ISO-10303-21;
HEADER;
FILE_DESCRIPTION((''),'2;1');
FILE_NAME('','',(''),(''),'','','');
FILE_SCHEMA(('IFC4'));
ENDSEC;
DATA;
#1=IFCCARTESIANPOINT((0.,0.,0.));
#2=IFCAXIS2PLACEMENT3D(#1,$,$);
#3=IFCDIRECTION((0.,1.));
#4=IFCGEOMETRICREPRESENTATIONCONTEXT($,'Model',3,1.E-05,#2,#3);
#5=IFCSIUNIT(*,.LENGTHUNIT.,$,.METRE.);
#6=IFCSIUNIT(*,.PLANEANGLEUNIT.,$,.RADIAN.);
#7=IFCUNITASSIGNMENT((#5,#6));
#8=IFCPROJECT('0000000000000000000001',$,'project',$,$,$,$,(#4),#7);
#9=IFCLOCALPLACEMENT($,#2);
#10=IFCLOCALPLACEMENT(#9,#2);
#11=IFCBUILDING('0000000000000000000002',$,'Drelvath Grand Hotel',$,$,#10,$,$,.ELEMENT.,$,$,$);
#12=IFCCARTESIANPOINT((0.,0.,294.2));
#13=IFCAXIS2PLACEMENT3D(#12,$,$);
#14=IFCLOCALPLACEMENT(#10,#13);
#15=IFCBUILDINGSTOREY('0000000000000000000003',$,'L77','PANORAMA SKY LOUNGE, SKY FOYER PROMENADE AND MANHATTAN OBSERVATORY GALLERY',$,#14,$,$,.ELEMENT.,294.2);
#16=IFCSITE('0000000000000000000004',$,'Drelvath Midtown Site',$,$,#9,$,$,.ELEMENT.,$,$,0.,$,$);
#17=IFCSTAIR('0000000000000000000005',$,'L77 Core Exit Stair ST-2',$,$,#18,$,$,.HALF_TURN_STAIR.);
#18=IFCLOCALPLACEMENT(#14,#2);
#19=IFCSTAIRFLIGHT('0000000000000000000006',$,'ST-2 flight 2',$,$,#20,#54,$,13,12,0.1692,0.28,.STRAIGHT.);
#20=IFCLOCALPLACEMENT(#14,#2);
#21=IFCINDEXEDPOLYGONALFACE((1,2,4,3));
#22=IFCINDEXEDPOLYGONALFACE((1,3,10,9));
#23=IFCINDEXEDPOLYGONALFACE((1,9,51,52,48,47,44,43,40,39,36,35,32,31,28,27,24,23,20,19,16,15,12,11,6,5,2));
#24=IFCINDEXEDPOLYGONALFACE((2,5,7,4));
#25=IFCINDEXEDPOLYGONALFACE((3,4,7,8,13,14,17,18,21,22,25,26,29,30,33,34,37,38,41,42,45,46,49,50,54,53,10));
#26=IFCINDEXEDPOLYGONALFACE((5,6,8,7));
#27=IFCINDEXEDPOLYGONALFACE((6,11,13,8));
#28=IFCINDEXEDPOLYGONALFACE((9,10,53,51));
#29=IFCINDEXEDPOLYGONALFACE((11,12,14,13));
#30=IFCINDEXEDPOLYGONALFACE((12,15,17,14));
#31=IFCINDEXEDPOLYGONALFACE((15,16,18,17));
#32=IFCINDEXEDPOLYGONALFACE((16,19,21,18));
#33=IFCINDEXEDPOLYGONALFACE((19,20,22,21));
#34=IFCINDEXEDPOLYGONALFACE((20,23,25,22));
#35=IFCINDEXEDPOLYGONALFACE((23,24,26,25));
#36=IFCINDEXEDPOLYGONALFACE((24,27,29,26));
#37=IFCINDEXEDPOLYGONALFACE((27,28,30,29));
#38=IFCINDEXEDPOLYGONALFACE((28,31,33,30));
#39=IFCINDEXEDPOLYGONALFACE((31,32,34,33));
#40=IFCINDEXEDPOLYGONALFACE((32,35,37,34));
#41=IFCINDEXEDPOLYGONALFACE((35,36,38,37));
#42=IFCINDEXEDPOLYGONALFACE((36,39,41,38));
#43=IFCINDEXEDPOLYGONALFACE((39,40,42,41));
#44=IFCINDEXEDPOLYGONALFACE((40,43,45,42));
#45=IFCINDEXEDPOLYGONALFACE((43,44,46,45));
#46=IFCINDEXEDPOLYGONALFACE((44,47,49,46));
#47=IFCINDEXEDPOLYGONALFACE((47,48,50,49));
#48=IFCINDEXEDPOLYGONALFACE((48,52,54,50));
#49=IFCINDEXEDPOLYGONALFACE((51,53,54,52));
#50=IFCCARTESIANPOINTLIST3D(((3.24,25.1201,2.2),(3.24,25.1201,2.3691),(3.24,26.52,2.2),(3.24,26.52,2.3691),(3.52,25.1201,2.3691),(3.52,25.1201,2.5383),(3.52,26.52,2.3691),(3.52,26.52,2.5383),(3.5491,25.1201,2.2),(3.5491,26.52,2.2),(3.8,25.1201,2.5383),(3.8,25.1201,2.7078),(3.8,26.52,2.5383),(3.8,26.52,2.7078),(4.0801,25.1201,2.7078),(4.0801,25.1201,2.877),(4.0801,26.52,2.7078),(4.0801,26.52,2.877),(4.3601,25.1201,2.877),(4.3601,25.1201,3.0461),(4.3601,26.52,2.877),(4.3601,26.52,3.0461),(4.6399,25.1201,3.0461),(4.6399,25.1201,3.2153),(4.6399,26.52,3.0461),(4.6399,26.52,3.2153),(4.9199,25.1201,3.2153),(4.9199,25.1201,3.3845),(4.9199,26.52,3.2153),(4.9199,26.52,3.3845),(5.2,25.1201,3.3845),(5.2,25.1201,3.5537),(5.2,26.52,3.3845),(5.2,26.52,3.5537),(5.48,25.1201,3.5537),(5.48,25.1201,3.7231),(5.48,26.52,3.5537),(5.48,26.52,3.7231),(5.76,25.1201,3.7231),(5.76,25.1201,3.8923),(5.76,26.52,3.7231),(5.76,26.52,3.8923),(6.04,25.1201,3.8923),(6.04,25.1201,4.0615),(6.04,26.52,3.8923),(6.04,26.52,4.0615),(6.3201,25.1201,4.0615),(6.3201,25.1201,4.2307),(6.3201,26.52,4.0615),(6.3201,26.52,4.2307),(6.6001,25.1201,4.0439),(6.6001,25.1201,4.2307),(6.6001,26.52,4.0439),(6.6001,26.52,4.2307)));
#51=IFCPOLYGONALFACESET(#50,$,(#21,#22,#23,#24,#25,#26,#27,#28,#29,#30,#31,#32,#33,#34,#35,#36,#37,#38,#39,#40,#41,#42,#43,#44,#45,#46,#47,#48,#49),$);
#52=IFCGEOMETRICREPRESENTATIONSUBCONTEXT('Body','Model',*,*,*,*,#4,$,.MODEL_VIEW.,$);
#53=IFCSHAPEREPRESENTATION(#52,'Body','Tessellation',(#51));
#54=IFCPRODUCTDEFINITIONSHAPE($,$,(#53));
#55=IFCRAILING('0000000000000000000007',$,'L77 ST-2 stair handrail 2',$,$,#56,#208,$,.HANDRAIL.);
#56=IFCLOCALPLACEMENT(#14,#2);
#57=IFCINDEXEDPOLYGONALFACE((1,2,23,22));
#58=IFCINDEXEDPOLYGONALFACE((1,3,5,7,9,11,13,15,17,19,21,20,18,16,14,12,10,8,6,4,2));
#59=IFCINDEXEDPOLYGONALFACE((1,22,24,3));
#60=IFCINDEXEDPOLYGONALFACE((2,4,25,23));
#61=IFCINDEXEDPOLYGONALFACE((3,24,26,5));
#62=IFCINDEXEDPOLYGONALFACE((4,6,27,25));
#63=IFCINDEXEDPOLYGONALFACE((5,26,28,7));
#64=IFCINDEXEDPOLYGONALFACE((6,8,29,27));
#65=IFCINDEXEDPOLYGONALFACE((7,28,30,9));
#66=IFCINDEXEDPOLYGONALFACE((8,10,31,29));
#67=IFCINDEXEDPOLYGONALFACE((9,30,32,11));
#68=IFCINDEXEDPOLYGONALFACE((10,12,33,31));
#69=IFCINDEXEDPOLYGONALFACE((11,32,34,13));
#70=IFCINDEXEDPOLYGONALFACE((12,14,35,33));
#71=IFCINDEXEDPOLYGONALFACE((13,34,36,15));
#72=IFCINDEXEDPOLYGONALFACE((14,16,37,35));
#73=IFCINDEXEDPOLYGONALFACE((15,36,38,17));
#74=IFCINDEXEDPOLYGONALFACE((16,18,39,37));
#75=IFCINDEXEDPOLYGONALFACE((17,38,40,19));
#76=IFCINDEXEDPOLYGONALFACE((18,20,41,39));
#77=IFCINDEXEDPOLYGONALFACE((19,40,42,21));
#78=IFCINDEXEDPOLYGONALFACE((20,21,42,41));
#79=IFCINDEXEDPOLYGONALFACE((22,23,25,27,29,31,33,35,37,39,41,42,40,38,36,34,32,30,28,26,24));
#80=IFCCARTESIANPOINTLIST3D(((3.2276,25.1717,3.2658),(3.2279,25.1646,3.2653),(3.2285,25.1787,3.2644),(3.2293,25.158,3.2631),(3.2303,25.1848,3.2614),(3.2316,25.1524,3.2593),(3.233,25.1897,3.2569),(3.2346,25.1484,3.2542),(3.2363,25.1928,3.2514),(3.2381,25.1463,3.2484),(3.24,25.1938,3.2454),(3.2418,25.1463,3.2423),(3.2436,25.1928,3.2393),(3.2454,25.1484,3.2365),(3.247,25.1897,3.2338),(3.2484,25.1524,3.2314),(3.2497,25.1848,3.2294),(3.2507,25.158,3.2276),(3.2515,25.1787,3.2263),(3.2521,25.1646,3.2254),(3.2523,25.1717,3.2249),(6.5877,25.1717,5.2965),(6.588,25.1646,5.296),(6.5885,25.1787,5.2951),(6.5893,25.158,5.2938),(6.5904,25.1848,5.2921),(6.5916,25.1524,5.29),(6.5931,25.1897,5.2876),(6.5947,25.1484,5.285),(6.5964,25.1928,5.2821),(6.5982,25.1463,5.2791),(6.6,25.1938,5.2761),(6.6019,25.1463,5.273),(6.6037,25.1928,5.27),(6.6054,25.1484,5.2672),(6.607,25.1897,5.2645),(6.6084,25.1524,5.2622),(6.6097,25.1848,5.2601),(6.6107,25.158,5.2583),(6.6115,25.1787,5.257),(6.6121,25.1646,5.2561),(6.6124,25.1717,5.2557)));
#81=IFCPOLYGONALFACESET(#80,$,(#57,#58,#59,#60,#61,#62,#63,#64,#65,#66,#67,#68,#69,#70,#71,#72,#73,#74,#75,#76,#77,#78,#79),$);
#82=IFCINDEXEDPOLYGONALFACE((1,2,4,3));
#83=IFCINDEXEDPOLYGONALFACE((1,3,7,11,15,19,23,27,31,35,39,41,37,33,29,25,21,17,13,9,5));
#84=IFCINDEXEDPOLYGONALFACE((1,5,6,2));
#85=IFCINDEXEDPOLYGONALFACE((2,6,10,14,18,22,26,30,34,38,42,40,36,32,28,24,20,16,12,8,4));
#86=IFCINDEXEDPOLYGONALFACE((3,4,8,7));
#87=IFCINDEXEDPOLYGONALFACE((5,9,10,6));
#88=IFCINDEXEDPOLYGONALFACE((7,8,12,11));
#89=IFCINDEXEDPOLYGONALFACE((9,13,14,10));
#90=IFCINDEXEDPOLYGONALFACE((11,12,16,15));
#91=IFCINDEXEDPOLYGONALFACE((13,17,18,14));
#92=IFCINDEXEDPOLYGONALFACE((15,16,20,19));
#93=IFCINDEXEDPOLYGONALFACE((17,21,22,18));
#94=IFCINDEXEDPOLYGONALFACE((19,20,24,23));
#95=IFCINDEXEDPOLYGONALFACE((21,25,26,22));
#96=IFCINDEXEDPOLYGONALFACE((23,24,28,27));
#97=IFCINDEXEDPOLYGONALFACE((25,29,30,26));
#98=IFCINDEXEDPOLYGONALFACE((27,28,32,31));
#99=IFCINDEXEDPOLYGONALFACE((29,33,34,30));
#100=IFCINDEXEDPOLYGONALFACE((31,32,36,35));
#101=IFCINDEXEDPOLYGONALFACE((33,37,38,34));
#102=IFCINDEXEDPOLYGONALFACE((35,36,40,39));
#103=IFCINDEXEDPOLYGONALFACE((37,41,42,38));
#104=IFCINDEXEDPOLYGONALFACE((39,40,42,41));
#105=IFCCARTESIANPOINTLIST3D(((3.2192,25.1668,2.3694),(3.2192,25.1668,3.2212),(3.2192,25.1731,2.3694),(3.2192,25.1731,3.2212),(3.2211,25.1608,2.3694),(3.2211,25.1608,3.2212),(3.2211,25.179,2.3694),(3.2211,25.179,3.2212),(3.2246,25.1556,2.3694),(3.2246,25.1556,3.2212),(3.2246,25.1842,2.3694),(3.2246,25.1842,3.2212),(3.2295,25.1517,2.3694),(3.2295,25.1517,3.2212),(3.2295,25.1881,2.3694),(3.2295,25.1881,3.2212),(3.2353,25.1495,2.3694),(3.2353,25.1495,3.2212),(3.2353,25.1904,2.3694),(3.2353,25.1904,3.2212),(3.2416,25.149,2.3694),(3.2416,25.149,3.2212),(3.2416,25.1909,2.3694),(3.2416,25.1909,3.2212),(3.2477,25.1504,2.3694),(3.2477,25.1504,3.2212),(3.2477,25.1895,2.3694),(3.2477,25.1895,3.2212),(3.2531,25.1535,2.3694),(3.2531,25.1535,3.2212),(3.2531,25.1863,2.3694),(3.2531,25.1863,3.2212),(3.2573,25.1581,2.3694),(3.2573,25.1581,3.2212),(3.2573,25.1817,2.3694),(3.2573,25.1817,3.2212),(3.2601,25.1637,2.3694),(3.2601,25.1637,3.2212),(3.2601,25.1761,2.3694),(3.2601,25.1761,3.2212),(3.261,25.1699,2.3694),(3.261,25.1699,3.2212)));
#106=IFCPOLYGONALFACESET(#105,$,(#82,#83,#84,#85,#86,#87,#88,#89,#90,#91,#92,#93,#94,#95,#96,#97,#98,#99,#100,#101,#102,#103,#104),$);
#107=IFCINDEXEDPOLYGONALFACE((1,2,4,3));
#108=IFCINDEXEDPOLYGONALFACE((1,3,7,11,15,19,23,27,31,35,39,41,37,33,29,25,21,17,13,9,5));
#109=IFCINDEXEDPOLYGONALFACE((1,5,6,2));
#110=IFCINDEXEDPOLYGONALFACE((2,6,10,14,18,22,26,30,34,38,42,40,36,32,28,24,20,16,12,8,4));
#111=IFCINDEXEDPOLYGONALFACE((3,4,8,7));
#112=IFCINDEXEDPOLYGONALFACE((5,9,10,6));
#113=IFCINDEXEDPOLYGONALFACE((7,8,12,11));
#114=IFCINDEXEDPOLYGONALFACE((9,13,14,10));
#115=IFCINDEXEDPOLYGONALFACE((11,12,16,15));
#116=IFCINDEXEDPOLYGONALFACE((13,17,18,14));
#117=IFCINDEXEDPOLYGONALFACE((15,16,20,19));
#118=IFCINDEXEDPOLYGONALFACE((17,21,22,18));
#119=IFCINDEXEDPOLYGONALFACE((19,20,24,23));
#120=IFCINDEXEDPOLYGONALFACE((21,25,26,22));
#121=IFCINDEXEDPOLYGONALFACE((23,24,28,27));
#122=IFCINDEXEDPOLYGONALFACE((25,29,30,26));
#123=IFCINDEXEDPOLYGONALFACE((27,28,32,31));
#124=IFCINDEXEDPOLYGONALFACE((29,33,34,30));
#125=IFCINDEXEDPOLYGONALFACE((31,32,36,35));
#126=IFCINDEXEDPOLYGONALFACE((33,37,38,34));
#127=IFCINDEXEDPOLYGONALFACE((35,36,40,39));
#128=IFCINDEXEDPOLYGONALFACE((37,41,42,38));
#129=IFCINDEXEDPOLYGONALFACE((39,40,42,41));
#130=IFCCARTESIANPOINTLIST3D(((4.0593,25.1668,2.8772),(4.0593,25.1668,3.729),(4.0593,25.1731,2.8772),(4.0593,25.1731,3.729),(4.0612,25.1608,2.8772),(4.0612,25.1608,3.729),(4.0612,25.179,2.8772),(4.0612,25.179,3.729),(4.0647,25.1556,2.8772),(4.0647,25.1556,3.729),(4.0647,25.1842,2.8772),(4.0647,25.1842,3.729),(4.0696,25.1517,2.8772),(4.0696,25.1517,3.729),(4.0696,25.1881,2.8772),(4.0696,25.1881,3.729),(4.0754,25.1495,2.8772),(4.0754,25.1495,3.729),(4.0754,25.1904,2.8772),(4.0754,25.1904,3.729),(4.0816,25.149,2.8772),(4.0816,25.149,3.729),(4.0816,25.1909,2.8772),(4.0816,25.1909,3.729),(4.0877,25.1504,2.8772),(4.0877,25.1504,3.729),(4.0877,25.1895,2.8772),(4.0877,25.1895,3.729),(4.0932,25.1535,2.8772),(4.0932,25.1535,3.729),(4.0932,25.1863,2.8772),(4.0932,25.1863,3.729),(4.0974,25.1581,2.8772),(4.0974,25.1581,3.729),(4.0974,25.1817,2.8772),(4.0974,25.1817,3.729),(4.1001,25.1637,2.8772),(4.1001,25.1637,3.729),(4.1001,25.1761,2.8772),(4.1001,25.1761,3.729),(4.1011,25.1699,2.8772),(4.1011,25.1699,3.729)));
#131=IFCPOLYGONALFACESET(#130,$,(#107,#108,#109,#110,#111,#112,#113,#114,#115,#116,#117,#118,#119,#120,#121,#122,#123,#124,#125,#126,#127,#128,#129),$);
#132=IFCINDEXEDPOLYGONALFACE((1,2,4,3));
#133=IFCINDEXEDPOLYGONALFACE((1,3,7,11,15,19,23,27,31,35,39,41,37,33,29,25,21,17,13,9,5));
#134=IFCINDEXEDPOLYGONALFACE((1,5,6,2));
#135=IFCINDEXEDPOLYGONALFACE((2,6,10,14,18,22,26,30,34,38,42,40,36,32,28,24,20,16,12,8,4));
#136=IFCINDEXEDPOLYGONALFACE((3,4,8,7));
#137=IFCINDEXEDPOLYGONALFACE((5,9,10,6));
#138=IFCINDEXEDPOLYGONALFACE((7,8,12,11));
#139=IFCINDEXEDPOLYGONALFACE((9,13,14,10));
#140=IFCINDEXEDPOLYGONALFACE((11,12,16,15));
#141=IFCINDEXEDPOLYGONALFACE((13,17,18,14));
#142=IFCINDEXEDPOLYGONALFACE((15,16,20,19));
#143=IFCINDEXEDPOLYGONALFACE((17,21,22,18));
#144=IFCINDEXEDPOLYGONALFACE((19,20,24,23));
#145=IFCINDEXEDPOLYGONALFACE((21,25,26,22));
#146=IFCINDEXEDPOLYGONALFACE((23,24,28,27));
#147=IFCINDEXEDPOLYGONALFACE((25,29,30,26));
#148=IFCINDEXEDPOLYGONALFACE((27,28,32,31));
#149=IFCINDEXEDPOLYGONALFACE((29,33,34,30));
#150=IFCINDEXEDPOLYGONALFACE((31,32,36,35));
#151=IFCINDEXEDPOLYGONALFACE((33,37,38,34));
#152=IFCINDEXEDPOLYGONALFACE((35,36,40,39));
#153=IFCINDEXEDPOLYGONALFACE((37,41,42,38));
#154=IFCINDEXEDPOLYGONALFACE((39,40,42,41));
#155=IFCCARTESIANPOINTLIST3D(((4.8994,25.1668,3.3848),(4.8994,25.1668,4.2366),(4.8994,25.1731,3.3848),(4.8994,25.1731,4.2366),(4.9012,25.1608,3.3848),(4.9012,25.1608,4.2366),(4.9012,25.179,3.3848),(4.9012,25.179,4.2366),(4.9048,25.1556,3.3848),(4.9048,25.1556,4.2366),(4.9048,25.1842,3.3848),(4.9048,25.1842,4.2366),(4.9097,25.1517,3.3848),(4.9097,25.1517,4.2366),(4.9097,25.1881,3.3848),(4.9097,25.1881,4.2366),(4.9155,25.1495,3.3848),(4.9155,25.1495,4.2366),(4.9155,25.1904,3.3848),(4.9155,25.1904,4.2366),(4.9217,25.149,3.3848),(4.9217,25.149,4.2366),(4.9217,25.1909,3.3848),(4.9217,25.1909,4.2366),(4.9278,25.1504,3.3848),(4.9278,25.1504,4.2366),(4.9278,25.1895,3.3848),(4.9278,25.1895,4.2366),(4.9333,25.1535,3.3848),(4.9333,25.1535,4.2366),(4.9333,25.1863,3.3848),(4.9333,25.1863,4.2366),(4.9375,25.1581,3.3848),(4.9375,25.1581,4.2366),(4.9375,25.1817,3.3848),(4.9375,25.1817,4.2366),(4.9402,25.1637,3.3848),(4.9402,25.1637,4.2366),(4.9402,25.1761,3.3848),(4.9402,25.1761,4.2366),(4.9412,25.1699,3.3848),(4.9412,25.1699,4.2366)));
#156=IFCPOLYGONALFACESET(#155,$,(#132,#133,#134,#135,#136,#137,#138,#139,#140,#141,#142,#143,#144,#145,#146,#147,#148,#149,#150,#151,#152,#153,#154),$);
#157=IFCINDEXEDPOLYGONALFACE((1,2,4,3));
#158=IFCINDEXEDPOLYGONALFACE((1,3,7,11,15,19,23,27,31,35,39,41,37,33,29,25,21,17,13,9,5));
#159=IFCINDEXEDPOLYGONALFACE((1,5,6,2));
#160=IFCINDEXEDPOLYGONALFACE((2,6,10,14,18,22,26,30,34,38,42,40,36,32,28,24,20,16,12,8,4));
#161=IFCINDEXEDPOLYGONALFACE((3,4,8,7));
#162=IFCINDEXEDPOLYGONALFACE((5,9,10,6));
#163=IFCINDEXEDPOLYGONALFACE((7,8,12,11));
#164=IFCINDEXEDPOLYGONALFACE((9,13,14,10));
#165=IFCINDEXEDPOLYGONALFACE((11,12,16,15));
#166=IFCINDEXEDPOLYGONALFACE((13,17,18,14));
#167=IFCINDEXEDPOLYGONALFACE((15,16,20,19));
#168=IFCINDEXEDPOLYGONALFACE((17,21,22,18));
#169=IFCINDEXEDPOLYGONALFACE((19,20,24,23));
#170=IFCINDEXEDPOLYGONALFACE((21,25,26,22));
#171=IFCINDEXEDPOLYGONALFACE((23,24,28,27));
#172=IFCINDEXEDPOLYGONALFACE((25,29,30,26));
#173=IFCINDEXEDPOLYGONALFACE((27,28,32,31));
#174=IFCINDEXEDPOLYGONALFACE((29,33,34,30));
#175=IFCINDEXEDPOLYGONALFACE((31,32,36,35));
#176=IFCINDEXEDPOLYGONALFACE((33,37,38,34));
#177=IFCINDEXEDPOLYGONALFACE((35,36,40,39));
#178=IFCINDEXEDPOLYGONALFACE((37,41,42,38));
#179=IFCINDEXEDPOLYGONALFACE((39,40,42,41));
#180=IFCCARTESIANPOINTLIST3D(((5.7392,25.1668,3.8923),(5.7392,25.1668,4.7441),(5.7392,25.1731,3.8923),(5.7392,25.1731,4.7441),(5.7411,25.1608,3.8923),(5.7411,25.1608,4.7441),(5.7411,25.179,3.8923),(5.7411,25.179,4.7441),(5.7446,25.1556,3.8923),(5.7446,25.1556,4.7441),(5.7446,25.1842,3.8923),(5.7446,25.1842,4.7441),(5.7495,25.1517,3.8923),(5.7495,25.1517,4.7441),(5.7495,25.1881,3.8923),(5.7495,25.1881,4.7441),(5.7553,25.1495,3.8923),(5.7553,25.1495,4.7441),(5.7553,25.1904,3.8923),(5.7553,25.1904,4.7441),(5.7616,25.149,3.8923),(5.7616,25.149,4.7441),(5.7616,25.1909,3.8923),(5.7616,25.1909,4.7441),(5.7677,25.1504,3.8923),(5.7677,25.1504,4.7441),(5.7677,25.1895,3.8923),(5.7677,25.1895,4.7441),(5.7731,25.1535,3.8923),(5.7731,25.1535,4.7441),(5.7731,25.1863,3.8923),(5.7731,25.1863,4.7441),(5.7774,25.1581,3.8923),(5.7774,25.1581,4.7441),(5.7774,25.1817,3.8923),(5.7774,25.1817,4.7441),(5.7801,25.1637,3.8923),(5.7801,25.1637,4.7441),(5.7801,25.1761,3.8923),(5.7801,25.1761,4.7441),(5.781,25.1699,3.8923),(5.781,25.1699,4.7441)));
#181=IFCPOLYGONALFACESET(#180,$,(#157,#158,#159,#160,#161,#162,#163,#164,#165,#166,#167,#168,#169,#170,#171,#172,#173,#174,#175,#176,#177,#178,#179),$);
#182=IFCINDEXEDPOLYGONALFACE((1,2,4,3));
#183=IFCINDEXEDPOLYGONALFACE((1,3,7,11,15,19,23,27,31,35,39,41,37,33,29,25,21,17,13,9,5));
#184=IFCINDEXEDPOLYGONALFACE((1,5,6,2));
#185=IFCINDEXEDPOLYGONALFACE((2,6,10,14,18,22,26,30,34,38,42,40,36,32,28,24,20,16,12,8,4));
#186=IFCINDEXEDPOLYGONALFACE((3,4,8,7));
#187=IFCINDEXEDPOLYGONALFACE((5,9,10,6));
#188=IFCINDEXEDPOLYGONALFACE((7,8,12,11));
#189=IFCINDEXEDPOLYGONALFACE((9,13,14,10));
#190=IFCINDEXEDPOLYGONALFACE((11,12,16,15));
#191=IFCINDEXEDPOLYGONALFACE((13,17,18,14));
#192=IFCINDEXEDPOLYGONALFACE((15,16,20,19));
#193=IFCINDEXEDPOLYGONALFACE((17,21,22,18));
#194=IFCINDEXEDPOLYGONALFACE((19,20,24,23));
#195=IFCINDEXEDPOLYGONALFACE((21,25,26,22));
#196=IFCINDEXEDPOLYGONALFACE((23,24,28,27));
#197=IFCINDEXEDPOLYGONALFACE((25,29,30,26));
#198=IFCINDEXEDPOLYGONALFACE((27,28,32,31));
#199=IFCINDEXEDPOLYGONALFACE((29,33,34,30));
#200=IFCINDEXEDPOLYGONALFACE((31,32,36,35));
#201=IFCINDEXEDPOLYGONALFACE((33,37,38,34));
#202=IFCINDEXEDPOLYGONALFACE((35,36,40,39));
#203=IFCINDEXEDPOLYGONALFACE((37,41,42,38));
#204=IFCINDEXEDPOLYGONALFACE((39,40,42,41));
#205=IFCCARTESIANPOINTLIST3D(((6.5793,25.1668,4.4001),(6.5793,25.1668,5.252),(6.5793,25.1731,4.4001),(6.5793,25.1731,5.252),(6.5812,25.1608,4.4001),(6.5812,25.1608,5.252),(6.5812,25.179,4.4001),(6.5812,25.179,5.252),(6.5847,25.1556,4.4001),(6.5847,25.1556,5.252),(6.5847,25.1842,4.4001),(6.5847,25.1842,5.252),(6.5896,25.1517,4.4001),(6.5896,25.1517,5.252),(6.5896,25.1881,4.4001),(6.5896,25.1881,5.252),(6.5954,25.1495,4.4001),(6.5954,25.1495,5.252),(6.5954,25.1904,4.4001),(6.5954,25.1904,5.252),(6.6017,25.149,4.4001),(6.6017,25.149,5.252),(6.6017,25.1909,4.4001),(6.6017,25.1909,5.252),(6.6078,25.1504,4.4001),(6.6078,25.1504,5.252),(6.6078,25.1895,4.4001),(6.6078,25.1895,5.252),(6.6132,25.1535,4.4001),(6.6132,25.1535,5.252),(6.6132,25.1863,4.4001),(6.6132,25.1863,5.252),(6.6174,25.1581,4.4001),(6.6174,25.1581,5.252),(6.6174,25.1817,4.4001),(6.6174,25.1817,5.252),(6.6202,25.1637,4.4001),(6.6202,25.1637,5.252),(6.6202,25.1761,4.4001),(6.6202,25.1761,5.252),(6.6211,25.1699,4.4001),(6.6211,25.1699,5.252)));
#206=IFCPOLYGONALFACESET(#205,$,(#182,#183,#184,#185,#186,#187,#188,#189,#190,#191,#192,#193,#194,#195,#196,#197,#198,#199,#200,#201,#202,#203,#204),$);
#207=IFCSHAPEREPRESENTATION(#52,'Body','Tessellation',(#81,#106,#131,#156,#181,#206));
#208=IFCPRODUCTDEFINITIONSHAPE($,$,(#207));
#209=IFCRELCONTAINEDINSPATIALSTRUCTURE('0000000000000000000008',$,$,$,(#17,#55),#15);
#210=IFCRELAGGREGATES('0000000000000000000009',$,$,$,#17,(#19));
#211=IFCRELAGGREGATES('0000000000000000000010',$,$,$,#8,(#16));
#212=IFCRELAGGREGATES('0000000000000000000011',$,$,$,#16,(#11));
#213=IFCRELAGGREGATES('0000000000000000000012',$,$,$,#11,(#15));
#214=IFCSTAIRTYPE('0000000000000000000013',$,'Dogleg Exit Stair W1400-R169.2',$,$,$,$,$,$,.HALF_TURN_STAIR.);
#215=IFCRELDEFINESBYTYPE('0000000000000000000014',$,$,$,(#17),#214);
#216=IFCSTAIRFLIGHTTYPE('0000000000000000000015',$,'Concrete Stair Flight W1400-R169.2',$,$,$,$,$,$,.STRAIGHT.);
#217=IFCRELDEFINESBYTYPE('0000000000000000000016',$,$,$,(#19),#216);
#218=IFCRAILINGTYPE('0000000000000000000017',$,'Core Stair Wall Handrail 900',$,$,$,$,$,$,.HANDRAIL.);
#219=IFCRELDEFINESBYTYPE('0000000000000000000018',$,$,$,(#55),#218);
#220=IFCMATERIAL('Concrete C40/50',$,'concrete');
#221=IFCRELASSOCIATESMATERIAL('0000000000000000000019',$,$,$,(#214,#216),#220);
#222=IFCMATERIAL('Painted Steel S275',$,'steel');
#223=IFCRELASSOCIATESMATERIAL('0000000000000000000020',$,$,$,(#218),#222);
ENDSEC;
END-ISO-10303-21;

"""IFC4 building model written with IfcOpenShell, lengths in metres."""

from ifc_helpers import new_model, si_unit, direction, frame, origin, origin_2d, place, context, subcontext, project, spatial, polyline, circle, outline, extrude, material, type_object, element, aggregate, save


model = new_model("IFC4")

# Units and contexts
model_context = context("Model", 3, precision=1e-05, world=origin(), true_north=direction((0.0, 1.0)))
body_context = subcontext(model_context, "Body", "Model", "MODEL_VIEW")
ifc_project = project(units=[si_unit("LENGTHUNIT", "METRE"), si_unit("PLANEANGLEUNIT", "RADIAN")], contexts=[model_context])

# Site, building, storey
site_placement = place(None, origin())
site = spatial("IfcSite", under=ifc_project, at=site_placement, Name="Drelvath Midtown Site", CompositionType="ELEMENT", RefElevation=0.0)
building_placement = place(site_placement, origin())
building = spatial("IfcBuilding", under=site, at=building_placement, Name="Drelvath Grand Hotel", CompositionType="ELEMENT")
storey_placement = place(building_placement, frame((0.0, 0.0, 294.2)))
storey = spatial("IfcBuildingStorey", under=building, at=storey_placement, Name="L77", Description="PANORAMA SKY LOUNGE, SKY FOYER PROMENADE AND MANHATTAN OBSERVATORY GALLERY", CompositionType="ELEMENT", Elevation=294.2)

# Shared definitions
ifc_material_1 = material(Name="Concrete C40/50", Category="concrete")

# Stair, stair flight
stair_type = type_object("IfcStairType", Name="Dogleg Exit Stair W1400-R169.2", PredefinedType="HALF_TURN_STAIR", material=ifc_material_1)
stair_placement = place(storey_placement, origin())
stair = element("IfcStair", 1, at=stair_placement, inside=storey, type_object=stair_type, Name="L77 Core Exit Stair ST-2", PredefinedType="HALF_TURN_STAIR")
stair_flight_type = type_object("IfcStairFlightType", Name="Concrete Stair Flight W1400-R169.2", PredefinedType="STRAIGHT", material=ifc_material_1)
stair_flight_placement = place(storey_placement, frame((3.24, 25.8201, 2.2), z_axis=(0.0, 0.0, 1.0), x_axis=(1.0, 0.0, 0.0)))
stair_flight = element("IfcStairFlight", 2, at=stair_flight_placement, type_object=stair_flight_type, Name="ST-2 flight 2", NumberOfRisers=13, NumberOfTreads=12, PredefinedType="STRAIGHT", RiserHeight=0.1692, TreadLength=0.28, context=body_context, shape_type="SweptSolid", body=[
    extrude(outline(polyline([(0.0, 0.0), (0.0, 0.1692), (0.28, 0.1692), (0.28, 0.3384), (0.5601, 0.3384), (0.5601, 0.5078), (0.8401, 0.5078), (0.8401, 0.677), (1.1201, 0.677), (1.1201, 0.8462), (1.3999, 0.8462), (1.3999, 1.0154), (1.6799, 1.0154), (1.6799, 1.1846), (1.96, 1.1846), (1.96, 1.3538), (2.24, 1.3538), (2.24, 1.5232), (2.52, 1.5232), (2.52, 1.6924), (2.8, 1.6924), (2.8, 1.8616), (3.0801, 1.8616), (3.0801, 2.0308), (3.3601, 2.0308), (3.3601, 2.2), (3.3601, 1.844), (0.3091, 0.0), (0.0, 0.0)])), frame((0.0, 0.7, 0.0), z_axis=(0.0, -1.0, 0.0), x_axis=(1.0, 0.0, 0.0)), (0.0, 0.0, 1.0), 1.3999),
])
aggregate(stair, [stair_flight])

# Railing
ifc_material_2 = material(Name="Painted Steel S275", Category="steel")
railing_type_1 = type_object("IfcRailingType", Name="Core Stair Wall Handrail 900", PredefinedType="HANDRAIL", material=ifc_material_2)
railing_1_placement = place(storey_placement, frame((3.24, 25.1699, 2.3694)))
element("IfcRailing", 3, at=railing_1_placement, inside=storey, type_object=railing_type_1, Name="L77 ST-2 stair handrail 2", PredefinedType="HANDRAIL", context=body_context, shape_type="SweptSolid", body=[
    extrude(circle(Radius=0.0239, at=origin_2d()), frame((0.0, 0.0, 0.876), z_axis=(0.855837, 0.0, 0.517246), x_axis=(0.0, 1.0, 0.0)), (0.0, 0.0, 1.0), 3.926),
    extrude(circle(Radius=0.021, at=origin_2d()), origin(), (0.0, 0.0, 1.0), 0.8518),
    extrude(circle(Radius=0.021, at=origin_2d()), frame((0.8401, 0.0, 0.5078)), (0.0, 0.0, 1.0), 0.8518),
    extrude(circle(Radius=0.021, at=origin_2d()), frame((1.6802, 0.0, 1.0154)), (0.0, 0.0, 1.0), 0.8518),
    extrude(circle(Radius=0.021, at=origin_2d()), frame((2.52, 0.0, 1.5229)), (0.0, 0.0, 1.0), 0.8518),
    extrude(circle(Radius=0.021, at=origin_2d()), frame((3.3601, 0.0, 2.0308)), (0.0, 0.0, 1.0), 0.8518),
])

save(model, "model.ifc")
